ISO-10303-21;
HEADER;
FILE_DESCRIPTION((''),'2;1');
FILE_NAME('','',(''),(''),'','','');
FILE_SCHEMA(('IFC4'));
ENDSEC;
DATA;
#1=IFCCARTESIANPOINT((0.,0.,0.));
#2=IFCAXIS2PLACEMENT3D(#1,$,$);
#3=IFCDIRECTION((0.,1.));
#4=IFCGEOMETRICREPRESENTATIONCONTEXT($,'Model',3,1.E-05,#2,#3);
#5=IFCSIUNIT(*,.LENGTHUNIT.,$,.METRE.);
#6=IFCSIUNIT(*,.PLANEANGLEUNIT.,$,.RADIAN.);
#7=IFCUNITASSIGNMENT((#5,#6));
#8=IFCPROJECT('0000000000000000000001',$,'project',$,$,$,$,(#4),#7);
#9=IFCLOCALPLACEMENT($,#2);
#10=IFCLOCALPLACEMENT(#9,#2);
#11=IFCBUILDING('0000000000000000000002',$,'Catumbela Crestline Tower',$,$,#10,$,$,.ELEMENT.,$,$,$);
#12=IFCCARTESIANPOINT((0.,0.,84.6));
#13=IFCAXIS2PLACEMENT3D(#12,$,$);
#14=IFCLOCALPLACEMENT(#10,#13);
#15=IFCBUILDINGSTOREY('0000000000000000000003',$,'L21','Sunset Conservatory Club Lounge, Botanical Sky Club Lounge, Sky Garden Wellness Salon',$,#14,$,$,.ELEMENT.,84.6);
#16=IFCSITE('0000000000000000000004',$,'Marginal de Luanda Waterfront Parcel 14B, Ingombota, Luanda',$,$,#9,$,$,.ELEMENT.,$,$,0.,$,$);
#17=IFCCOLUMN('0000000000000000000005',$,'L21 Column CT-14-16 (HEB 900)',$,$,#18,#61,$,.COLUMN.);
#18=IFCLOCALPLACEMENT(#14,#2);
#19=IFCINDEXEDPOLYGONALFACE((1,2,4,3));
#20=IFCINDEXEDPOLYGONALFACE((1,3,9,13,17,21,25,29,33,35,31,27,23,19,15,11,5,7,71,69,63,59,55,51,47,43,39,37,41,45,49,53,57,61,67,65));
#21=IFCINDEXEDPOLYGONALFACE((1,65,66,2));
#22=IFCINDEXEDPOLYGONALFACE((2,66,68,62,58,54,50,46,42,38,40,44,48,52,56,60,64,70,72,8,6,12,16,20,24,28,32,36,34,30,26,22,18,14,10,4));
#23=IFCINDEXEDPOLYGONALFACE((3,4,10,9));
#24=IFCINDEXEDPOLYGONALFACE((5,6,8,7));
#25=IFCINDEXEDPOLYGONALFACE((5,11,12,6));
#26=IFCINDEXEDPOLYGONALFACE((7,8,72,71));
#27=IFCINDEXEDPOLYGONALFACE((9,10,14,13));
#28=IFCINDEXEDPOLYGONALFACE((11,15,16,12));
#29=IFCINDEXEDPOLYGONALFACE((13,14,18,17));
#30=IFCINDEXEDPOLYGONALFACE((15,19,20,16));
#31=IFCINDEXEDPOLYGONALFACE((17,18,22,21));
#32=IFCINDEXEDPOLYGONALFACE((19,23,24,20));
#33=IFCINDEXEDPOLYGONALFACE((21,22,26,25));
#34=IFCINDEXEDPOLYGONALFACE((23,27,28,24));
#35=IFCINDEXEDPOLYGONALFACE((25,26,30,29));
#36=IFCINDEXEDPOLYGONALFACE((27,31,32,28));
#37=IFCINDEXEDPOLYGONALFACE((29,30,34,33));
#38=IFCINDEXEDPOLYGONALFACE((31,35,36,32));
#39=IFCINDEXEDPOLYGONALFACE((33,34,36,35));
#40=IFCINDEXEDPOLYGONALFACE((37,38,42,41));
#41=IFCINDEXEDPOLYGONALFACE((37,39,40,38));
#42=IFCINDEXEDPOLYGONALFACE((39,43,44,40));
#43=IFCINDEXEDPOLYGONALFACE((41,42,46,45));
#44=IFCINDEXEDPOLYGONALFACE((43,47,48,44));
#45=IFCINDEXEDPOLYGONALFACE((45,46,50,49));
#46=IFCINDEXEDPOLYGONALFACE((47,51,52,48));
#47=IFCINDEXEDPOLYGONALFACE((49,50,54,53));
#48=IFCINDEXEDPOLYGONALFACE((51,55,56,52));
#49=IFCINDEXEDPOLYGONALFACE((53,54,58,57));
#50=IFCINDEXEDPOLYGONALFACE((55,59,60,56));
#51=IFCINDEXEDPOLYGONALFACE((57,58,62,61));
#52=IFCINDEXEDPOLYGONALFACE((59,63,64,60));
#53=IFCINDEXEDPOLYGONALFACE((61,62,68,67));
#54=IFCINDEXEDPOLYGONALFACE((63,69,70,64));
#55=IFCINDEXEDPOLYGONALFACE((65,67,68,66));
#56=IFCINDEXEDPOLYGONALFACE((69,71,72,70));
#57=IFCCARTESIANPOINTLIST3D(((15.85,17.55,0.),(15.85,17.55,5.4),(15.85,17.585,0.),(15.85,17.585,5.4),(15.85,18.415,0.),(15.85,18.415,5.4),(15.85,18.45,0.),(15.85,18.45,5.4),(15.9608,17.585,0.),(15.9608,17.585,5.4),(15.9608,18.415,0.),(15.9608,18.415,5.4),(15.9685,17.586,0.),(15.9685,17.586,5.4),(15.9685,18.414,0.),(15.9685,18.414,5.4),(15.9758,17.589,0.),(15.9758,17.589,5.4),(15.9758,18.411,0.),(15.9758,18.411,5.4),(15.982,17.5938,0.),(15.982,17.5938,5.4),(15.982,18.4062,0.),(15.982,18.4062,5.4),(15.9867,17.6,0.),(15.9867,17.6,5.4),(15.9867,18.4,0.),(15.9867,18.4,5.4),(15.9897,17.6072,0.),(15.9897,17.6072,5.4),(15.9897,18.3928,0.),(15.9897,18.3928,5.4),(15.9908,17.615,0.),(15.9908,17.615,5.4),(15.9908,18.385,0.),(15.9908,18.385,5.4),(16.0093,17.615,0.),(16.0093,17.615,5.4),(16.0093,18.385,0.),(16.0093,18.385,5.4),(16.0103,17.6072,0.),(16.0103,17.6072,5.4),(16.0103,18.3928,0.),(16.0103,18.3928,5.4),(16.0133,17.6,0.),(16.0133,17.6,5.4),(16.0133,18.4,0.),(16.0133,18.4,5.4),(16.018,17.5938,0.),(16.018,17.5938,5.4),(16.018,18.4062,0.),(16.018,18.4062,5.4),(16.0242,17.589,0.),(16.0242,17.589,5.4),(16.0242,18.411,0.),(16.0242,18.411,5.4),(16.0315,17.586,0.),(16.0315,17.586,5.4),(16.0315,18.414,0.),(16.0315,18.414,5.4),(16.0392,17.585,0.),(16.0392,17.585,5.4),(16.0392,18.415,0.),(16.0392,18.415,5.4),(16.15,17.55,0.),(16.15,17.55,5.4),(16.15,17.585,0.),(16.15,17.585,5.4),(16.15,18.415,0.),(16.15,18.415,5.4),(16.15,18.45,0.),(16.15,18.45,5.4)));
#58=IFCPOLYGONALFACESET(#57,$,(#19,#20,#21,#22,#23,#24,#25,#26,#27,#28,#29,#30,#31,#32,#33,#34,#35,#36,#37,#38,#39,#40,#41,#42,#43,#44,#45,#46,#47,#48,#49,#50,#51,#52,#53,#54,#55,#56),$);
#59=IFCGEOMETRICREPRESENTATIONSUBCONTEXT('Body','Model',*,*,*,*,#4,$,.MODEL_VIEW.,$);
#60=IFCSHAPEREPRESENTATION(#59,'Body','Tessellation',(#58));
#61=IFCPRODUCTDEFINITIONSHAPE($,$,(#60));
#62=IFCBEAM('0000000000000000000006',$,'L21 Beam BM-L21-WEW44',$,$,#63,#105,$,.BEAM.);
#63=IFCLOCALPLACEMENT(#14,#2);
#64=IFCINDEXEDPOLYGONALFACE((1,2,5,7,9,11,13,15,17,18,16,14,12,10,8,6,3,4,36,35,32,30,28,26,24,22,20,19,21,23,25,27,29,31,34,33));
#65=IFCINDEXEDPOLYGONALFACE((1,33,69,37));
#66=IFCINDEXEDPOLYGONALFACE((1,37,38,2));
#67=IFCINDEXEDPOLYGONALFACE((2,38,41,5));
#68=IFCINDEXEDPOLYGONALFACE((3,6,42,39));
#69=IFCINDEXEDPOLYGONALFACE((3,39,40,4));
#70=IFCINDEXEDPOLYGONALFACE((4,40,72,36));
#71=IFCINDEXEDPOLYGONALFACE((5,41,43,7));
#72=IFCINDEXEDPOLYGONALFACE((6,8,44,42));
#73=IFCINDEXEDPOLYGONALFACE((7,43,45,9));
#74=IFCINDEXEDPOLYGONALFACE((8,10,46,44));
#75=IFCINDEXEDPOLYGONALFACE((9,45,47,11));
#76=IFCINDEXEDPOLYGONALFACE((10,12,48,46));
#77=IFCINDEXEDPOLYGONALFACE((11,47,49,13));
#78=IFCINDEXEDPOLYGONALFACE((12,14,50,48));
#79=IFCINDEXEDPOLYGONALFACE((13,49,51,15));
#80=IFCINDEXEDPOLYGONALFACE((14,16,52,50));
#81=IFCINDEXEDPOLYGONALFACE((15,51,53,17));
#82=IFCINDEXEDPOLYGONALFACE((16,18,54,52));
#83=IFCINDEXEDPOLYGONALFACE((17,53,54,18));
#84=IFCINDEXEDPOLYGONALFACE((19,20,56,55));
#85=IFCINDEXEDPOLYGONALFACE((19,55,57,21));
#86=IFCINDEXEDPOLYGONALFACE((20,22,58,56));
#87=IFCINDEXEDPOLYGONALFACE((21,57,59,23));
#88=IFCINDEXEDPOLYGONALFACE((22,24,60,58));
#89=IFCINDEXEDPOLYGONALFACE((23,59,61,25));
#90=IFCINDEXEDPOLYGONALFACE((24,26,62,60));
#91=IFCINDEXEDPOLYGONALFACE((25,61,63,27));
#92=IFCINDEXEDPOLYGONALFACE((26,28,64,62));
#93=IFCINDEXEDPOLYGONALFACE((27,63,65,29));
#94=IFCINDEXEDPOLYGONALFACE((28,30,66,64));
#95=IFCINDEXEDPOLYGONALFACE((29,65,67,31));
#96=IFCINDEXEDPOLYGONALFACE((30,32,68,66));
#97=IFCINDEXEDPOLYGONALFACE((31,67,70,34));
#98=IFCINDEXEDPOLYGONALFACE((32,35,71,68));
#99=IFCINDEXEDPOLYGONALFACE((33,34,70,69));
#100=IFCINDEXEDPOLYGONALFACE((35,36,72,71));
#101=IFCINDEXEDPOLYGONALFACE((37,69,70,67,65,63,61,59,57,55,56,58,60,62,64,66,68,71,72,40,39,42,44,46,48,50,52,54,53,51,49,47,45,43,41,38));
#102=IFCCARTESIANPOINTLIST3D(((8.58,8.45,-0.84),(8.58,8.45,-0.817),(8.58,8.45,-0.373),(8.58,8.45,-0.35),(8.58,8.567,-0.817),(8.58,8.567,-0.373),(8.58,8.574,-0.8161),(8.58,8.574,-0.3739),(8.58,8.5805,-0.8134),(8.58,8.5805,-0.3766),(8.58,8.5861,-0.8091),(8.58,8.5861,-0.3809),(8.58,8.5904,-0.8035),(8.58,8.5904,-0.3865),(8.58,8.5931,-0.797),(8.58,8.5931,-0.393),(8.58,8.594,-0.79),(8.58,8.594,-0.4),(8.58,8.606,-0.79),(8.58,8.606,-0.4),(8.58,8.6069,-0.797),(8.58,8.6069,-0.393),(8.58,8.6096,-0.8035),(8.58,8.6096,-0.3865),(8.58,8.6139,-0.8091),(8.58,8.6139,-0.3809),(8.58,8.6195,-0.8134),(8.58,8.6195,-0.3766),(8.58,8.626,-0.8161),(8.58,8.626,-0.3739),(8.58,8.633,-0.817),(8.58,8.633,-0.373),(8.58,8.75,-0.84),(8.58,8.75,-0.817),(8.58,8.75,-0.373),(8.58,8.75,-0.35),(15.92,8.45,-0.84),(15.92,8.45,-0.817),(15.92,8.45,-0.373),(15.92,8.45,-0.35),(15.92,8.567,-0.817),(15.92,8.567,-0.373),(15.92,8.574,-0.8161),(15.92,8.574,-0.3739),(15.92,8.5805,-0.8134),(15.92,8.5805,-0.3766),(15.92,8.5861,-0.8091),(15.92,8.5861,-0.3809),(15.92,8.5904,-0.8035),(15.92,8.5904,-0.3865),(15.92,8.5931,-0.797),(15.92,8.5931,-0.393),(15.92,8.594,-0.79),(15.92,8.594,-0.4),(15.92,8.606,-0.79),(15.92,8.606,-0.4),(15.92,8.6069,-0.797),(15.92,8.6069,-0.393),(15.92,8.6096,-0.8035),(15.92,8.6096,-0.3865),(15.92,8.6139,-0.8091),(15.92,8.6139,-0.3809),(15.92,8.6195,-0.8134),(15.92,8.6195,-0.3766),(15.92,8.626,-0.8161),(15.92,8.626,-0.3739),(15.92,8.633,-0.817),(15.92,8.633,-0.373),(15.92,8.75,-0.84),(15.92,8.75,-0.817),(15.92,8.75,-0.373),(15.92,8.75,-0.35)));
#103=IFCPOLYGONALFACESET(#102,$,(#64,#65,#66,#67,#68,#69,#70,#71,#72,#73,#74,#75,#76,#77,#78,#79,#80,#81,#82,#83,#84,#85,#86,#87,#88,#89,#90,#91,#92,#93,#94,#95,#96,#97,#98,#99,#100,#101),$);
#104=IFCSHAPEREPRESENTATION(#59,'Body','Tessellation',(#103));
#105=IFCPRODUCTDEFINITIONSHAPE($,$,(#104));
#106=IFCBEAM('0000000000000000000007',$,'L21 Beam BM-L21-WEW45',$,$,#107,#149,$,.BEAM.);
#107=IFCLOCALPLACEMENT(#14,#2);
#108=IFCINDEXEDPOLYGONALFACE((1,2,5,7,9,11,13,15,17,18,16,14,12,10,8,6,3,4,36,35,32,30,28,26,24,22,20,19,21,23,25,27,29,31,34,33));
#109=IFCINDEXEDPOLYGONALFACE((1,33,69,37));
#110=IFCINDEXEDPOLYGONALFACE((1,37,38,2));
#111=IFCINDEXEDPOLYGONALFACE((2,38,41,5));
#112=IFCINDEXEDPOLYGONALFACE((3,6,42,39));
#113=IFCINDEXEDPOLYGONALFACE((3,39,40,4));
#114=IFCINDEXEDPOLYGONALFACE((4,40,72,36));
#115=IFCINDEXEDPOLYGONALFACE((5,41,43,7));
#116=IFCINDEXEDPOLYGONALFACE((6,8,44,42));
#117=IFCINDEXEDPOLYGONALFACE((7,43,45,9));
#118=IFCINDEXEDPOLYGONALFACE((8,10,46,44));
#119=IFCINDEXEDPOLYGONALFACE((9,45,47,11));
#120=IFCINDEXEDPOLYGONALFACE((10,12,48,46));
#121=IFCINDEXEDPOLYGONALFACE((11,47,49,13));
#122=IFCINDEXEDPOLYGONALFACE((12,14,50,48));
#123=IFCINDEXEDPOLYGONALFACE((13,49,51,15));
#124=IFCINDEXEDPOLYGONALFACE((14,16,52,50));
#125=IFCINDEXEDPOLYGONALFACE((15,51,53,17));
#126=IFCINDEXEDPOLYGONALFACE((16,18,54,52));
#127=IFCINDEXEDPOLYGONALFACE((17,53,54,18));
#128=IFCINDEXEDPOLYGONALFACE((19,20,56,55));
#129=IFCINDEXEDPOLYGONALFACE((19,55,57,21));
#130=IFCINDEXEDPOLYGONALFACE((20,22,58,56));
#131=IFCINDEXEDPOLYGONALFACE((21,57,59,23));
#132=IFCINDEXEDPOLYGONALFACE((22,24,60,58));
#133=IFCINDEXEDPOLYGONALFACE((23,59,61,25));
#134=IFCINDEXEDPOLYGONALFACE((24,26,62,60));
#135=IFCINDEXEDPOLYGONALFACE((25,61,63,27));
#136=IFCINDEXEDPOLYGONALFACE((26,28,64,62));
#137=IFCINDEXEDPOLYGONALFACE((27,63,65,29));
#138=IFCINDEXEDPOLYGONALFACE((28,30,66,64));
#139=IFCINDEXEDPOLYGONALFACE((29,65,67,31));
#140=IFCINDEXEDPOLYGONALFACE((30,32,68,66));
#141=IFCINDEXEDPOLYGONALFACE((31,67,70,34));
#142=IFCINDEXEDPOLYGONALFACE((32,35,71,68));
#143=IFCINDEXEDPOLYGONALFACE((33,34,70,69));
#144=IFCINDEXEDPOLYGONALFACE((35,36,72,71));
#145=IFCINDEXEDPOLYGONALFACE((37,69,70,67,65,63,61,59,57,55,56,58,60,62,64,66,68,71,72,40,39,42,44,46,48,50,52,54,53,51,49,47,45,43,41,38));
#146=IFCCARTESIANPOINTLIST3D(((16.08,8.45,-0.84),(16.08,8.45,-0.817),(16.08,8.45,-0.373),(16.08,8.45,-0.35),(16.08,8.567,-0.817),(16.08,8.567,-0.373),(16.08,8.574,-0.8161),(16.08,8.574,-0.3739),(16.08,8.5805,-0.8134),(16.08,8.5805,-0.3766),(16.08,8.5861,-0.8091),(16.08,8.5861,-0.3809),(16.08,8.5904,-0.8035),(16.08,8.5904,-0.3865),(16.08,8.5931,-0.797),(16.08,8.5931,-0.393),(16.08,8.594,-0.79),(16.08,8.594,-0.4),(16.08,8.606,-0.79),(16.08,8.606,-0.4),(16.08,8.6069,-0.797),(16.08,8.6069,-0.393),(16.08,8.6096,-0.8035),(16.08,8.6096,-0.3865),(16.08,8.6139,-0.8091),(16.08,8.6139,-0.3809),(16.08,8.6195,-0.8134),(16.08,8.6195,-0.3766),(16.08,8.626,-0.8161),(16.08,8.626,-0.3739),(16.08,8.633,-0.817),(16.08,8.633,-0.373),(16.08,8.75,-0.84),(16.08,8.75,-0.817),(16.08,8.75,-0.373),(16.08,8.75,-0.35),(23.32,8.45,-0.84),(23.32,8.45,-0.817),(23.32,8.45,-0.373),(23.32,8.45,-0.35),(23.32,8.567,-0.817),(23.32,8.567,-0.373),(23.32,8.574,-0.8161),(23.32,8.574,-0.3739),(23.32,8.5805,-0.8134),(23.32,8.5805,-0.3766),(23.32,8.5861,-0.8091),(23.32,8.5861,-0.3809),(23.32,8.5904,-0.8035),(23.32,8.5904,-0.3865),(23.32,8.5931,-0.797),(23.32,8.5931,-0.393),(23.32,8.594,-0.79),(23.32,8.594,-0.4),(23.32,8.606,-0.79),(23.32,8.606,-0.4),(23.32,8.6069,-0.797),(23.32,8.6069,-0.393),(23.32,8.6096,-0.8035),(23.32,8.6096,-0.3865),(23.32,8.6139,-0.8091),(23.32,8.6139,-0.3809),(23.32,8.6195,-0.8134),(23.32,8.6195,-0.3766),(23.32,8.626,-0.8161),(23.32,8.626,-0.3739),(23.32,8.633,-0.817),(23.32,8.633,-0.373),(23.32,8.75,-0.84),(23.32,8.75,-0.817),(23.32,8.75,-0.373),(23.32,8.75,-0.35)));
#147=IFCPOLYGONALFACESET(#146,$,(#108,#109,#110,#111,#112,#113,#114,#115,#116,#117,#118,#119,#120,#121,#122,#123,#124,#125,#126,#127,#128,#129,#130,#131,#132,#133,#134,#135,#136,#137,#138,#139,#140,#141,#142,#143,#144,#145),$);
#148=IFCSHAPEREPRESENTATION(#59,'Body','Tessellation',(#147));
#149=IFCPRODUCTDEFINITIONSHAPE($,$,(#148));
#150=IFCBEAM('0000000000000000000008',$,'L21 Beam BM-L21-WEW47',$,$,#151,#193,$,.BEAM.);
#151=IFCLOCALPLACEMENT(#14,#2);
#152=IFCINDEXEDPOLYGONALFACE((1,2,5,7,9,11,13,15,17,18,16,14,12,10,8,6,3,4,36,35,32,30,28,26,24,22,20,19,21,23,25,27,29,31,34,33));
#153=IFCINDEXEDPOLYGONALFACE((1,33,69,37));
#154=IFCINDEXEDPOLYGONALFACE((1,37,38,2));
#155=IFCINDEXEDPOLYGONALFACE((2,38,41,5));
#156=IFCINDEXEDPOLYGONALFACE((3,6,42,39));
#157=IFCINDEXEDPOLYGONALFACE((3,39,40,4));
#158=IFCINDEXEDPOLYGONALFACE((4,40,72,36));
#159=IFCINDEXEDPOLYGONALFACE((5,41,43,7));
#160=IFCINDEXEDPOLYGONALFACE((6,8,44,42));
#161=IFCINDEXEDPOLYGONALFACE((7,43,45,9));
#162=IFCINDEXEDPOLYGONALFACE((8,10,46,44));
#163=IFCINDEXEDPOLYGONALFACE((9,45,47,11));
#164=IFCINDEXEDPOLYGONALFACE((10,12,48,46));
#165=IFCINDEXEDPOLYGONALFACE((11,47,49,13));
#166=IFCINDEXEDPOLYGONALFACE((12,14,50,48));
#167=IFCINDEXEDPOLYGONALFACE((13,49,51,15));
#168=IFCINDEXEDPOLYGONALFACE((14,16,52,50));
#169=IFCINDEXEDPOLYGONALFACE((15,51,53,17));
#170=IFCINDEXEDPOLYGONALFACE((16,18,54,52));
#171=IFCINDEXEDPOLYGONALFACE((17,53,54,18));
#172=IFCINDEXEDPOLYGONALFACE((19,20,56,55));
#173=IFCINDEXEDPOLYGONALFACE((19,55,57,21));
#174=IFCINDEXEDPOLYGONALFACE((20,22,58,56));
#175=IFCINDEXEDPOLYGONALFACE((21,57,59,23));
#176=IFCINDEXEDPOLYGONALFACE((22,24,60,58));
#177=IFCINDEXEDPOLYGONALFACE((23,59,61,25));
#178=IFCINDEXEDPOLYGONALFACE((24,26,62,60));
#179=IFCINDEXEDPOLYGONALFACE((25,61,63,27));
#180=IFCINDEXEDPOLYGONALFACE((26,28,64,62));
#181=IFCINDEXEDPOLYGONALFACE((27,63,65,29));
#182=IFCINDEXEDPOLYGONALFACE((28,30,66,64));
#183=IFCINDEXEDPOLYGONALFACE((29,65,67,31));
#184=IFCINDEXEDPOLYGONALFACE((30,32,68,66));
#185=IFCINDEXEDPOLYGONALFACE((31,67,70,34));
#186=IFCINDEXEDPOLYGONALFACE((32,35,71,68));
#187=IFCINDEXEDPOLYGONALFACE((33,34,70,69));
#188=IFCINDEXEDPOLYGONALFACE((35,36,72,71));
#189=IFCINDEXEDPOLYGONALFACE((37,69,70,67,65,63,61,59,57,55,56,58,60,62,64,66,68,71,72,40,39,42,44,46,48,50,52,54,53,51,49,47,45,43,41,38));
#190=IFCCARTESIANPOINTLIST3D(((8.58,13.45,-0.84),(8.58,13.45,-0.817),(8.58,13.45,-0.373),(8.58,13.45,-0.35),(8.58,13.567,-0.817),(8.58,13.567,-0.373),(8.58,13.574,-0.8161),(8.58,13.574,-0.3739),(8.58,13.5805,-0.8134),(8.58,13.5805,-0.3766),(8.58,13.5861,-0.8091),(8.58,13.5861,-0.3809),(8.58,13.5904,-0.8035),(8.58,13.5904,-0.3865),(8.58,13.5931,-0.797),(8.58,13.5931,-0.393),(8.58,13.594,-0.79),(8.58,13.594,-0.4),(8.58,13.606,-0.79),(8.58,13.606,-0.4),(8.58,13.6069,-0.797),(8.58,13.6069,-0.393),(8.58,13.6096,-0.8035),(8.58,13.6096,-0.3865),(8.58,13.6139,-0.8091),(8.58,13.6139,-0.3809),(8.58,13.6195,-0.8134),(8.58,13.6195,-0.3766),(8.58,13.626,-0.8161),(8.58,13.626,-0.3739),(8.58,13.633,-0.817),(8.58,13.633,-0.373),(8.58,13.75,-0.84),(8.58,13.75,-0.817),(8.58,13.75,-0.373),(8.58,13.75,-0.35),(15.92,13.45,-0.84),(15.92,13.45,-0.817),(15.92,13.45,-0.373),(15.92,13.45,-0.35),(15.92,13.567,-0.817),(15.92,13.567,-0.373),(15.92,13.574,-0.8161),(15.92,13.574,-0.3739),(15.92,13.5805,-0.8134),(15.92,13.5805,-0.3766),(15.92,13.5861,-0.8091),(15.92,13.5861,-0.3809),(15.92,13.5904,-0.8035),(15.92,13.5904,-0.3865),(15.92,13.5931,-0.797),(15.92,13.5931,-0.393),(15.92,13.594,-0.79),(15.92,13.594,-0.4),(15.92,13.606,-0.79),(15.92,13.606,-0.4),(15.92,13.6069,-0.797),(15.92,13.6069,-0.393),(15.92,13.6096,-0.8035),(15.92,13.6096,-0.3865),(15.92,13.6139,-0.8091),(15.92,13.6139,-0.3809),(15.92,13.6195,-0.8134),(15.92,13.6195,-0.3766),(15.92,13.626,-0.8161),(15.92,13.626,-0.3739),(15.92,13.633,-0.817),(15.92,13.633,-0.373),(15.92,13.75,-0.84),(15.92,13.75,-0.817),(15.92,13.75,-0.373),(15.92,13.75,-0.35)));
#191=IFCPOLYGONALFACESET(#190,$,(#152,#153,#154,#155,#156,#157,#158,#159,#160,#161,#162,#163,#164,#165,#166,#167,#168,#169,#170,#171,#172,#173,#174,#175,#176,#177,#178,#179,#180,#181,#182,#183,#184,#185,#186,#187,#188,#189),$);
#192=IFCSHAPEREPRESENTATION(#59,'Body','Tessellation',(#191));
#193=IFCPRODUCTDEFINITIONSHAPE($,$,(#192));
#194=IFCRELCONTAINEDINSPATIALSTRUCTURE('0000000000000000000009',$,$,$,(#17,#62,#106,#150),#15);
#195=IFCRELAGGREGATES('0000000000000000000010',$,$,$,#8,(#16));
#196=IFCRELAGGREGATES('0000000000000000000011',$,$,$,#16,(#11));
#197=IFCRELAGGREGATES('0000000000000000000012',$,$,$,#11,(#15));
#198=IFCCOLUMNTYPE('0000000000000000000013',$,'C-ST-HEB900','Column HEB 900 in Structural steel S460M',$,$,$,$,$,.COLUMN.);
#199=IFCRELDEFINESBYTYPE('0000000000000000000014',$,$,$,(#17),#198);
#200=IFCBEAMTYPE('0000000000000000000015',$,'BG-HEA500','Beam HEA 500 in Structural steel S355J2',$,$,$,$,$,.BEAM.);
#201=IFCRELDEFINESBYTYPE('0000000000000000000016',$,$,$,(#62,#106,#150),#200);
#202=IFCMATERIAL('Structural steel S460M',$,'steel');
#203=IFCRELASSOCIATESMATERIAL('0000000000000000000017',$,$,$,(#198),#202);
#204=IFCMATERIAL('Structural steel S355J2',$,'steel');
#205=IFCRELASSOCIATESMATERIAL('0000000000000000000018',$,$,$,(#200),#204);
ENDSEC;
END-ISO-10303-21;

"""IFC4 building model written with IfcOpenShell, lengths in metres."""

from ifc_helpers import new_model, si_unit, direction, frame, origin, origin_2d, place, context, subcontext, project, spatial, i_section, extrude, material, material_profile, profile_set, type_object, element, save


model = new_model("IFC4")

# Units and contexts
model_context = context("Model", 3, precision=1e-05, world=origin(), true_north=direction((0.0, 1.0)))
body_context = subcontext(model_context, "Body", "Model", "MODEL_VIEW")
ifc_project = project(units=[si_unit("LENGTHUNIT", "METRE"), si_unit("PLANEANGLEUNIT", "RADIAN")], contexts=[model_context])

# Site, building, storey
site_placement = place(None, origin())
site = spatial("IfcSite", under=ifc_project, at=site_placement, Name="Marginal de Luanda Waterfront Parcel 14B, Ingombota, Luanda", CompositionType="ELEMENT", RefElevation=0.0)
building_placement = place(site_placement, origin())
building = spatial("IfcBuilding", under=site, at=building_placement, Name="Catumbela Crestline Tower", CompositionType="ELEMENT")
storey_placement = place(building_placement, frame((0.0, 0.0, 84.6)))
storey = spatial("IfcBuildingStorey", under=building, at=storey_placement, Name="L21", Description="Sunset Conservatory Club Lounge, Botanical Sky Club Lounge, Sky Garden Wellness Salon", CompositionType="ELEMENT", Elevation=84.6)

# Column
ifc_material_1 = material(Name="Structural steel S460M", Category="steel")
ifc_material_profile_1 = material_profile(ifc_material_1, i_section(OverallWidth=0.3, OverallDepth=0.9, WebThickness=0.0185, FlangeThickness=0.035, FilletRadius=0.03, at=origin_2d()), Name="HEB 900")
ifc_profile_set_1 = profile_set([ifc_material_profile_1], Name="Structural steel S460M")
column_type = type_object("IfcColumnType", Name="C-ST-HEB900", Description="Column HEB 900 in Structural steel S460M", PredefinedType="COLUMN", material=ifc_profile_set_1)
for number, where, z_axis, x_axis, name in (
    (1, (16.0, 18.0, 0.0), (0.0, 0.0, 1.0), (1.0, 0.0, 0.0), "L21 Column CT-14-16 (HEB 900)"),
):
    element("IfcColumn", number, at=place(storey_placement, frame(where, z_axis=z_axis, x_axis=x_axis)), inside=storey, type_object=column_type, Name=name, PredefinedType="COLUMN", context=body_context, shape_type="SweptSolid", body=[
        extrude(i_section(OverallWidth=0.3, OverallDepth=0.9, WebThickness=0.0185, FlangeThickness=0.035, FilletRadius=0.03, at=origin_2d()), origin(), (0.0, 0.0, 1.0), 5.4),
    ])

# Beams
ifc_material_2 = material(Name="Structural steel S355J2", Category="steel")
ifc_material_profile_2 = material_profile(ifc_material_2, i_section(OverallWidth=0.3, OverallDepth=0.49, WebThickness=0.012, FlangeThickness=0.023, FilletRadius=0.027, at=origin_2d()), Name="HEA 500")
ifc_profile_set_2 = profile_set([ifc_material_profile_2], Name="Structural steel S355J2")
beam_type_1 = type_object("IfcBeamType", Name="BG-HEA500", Description="Beam HEA 500 in Structural steel S355J2", PredefinedType="BEAM", material=ifc_profile_set_2)
beam_1_placement = place(storey_placement, frame((8.58, 8.6, -0.595), z_axis=(1.0, 0.0, 0.0), x_axis=(0.0, 1.0, 0.0)))
element("IfcBeam", 2, at=beam_1_placement, inside=storey, type_object=beam_type_1, Name="L21 Beam BM-L21-WEW44", PredefinedType="BEAM", context=body_context, shape_type="SweptSolid", body=[
    extrude(i_section(OverallWidth=0.3, OverallDepth=0.49, WebThickness=0.012, FlangeThickness=0.023, FilletRadius=0.027, at=origin_2d()), origin(), (0.0, 0.0, 1.0), 7.34),
])
beam_2_placement = place(storey_placement, frame((16.08, 8.6, -0.595), z_axis=(1.0, 0.0, 0.0), x_axis=(0.0, 1.0, 0.0)))
element("IfcBeam", 3, at=beam_2_placement, inside=storey, type_object=beam_type_1, Name="L21 Beam BM-L21-WEW45", PredefinedType="BEAM", context=body_context, shape_type="SweptSolid", body=[
    extrude(i_section(OverallWidth=0.3, OverallDepth=0.49, WebThickness=0.012, FlangeThickness=0.023, FilletRadius=0.027, at=origin_2d()), origin(), (0.0, 0.0, 1.0), 7.24),
])
beam_3_placement = place(storey_placement, frame((8.58, 13.6, -0.595), z_axis=(1.0, 0.0, 0.0), x_axis=(0.0, 1.0, 0.0)))
element("IfcBeam", 4, at=beam_3_placement, inside=storey, type_object=beam_type_1, Name="L21 Beam BM-L21-WEW47", PredefinedType="BEAM", context=body_context, shape_type="SweptSolid", body=[
    extrude(i_section(OverallWidth=0.3, OverallDepth=0.49, WebThickness=0.012, FlangeThickness=0.023, FilletRadius=0.027, at=origin_2d()), origin(), (0.0, 0.0, 1.0), 7.34),
])

save(model, "model.ifc")
